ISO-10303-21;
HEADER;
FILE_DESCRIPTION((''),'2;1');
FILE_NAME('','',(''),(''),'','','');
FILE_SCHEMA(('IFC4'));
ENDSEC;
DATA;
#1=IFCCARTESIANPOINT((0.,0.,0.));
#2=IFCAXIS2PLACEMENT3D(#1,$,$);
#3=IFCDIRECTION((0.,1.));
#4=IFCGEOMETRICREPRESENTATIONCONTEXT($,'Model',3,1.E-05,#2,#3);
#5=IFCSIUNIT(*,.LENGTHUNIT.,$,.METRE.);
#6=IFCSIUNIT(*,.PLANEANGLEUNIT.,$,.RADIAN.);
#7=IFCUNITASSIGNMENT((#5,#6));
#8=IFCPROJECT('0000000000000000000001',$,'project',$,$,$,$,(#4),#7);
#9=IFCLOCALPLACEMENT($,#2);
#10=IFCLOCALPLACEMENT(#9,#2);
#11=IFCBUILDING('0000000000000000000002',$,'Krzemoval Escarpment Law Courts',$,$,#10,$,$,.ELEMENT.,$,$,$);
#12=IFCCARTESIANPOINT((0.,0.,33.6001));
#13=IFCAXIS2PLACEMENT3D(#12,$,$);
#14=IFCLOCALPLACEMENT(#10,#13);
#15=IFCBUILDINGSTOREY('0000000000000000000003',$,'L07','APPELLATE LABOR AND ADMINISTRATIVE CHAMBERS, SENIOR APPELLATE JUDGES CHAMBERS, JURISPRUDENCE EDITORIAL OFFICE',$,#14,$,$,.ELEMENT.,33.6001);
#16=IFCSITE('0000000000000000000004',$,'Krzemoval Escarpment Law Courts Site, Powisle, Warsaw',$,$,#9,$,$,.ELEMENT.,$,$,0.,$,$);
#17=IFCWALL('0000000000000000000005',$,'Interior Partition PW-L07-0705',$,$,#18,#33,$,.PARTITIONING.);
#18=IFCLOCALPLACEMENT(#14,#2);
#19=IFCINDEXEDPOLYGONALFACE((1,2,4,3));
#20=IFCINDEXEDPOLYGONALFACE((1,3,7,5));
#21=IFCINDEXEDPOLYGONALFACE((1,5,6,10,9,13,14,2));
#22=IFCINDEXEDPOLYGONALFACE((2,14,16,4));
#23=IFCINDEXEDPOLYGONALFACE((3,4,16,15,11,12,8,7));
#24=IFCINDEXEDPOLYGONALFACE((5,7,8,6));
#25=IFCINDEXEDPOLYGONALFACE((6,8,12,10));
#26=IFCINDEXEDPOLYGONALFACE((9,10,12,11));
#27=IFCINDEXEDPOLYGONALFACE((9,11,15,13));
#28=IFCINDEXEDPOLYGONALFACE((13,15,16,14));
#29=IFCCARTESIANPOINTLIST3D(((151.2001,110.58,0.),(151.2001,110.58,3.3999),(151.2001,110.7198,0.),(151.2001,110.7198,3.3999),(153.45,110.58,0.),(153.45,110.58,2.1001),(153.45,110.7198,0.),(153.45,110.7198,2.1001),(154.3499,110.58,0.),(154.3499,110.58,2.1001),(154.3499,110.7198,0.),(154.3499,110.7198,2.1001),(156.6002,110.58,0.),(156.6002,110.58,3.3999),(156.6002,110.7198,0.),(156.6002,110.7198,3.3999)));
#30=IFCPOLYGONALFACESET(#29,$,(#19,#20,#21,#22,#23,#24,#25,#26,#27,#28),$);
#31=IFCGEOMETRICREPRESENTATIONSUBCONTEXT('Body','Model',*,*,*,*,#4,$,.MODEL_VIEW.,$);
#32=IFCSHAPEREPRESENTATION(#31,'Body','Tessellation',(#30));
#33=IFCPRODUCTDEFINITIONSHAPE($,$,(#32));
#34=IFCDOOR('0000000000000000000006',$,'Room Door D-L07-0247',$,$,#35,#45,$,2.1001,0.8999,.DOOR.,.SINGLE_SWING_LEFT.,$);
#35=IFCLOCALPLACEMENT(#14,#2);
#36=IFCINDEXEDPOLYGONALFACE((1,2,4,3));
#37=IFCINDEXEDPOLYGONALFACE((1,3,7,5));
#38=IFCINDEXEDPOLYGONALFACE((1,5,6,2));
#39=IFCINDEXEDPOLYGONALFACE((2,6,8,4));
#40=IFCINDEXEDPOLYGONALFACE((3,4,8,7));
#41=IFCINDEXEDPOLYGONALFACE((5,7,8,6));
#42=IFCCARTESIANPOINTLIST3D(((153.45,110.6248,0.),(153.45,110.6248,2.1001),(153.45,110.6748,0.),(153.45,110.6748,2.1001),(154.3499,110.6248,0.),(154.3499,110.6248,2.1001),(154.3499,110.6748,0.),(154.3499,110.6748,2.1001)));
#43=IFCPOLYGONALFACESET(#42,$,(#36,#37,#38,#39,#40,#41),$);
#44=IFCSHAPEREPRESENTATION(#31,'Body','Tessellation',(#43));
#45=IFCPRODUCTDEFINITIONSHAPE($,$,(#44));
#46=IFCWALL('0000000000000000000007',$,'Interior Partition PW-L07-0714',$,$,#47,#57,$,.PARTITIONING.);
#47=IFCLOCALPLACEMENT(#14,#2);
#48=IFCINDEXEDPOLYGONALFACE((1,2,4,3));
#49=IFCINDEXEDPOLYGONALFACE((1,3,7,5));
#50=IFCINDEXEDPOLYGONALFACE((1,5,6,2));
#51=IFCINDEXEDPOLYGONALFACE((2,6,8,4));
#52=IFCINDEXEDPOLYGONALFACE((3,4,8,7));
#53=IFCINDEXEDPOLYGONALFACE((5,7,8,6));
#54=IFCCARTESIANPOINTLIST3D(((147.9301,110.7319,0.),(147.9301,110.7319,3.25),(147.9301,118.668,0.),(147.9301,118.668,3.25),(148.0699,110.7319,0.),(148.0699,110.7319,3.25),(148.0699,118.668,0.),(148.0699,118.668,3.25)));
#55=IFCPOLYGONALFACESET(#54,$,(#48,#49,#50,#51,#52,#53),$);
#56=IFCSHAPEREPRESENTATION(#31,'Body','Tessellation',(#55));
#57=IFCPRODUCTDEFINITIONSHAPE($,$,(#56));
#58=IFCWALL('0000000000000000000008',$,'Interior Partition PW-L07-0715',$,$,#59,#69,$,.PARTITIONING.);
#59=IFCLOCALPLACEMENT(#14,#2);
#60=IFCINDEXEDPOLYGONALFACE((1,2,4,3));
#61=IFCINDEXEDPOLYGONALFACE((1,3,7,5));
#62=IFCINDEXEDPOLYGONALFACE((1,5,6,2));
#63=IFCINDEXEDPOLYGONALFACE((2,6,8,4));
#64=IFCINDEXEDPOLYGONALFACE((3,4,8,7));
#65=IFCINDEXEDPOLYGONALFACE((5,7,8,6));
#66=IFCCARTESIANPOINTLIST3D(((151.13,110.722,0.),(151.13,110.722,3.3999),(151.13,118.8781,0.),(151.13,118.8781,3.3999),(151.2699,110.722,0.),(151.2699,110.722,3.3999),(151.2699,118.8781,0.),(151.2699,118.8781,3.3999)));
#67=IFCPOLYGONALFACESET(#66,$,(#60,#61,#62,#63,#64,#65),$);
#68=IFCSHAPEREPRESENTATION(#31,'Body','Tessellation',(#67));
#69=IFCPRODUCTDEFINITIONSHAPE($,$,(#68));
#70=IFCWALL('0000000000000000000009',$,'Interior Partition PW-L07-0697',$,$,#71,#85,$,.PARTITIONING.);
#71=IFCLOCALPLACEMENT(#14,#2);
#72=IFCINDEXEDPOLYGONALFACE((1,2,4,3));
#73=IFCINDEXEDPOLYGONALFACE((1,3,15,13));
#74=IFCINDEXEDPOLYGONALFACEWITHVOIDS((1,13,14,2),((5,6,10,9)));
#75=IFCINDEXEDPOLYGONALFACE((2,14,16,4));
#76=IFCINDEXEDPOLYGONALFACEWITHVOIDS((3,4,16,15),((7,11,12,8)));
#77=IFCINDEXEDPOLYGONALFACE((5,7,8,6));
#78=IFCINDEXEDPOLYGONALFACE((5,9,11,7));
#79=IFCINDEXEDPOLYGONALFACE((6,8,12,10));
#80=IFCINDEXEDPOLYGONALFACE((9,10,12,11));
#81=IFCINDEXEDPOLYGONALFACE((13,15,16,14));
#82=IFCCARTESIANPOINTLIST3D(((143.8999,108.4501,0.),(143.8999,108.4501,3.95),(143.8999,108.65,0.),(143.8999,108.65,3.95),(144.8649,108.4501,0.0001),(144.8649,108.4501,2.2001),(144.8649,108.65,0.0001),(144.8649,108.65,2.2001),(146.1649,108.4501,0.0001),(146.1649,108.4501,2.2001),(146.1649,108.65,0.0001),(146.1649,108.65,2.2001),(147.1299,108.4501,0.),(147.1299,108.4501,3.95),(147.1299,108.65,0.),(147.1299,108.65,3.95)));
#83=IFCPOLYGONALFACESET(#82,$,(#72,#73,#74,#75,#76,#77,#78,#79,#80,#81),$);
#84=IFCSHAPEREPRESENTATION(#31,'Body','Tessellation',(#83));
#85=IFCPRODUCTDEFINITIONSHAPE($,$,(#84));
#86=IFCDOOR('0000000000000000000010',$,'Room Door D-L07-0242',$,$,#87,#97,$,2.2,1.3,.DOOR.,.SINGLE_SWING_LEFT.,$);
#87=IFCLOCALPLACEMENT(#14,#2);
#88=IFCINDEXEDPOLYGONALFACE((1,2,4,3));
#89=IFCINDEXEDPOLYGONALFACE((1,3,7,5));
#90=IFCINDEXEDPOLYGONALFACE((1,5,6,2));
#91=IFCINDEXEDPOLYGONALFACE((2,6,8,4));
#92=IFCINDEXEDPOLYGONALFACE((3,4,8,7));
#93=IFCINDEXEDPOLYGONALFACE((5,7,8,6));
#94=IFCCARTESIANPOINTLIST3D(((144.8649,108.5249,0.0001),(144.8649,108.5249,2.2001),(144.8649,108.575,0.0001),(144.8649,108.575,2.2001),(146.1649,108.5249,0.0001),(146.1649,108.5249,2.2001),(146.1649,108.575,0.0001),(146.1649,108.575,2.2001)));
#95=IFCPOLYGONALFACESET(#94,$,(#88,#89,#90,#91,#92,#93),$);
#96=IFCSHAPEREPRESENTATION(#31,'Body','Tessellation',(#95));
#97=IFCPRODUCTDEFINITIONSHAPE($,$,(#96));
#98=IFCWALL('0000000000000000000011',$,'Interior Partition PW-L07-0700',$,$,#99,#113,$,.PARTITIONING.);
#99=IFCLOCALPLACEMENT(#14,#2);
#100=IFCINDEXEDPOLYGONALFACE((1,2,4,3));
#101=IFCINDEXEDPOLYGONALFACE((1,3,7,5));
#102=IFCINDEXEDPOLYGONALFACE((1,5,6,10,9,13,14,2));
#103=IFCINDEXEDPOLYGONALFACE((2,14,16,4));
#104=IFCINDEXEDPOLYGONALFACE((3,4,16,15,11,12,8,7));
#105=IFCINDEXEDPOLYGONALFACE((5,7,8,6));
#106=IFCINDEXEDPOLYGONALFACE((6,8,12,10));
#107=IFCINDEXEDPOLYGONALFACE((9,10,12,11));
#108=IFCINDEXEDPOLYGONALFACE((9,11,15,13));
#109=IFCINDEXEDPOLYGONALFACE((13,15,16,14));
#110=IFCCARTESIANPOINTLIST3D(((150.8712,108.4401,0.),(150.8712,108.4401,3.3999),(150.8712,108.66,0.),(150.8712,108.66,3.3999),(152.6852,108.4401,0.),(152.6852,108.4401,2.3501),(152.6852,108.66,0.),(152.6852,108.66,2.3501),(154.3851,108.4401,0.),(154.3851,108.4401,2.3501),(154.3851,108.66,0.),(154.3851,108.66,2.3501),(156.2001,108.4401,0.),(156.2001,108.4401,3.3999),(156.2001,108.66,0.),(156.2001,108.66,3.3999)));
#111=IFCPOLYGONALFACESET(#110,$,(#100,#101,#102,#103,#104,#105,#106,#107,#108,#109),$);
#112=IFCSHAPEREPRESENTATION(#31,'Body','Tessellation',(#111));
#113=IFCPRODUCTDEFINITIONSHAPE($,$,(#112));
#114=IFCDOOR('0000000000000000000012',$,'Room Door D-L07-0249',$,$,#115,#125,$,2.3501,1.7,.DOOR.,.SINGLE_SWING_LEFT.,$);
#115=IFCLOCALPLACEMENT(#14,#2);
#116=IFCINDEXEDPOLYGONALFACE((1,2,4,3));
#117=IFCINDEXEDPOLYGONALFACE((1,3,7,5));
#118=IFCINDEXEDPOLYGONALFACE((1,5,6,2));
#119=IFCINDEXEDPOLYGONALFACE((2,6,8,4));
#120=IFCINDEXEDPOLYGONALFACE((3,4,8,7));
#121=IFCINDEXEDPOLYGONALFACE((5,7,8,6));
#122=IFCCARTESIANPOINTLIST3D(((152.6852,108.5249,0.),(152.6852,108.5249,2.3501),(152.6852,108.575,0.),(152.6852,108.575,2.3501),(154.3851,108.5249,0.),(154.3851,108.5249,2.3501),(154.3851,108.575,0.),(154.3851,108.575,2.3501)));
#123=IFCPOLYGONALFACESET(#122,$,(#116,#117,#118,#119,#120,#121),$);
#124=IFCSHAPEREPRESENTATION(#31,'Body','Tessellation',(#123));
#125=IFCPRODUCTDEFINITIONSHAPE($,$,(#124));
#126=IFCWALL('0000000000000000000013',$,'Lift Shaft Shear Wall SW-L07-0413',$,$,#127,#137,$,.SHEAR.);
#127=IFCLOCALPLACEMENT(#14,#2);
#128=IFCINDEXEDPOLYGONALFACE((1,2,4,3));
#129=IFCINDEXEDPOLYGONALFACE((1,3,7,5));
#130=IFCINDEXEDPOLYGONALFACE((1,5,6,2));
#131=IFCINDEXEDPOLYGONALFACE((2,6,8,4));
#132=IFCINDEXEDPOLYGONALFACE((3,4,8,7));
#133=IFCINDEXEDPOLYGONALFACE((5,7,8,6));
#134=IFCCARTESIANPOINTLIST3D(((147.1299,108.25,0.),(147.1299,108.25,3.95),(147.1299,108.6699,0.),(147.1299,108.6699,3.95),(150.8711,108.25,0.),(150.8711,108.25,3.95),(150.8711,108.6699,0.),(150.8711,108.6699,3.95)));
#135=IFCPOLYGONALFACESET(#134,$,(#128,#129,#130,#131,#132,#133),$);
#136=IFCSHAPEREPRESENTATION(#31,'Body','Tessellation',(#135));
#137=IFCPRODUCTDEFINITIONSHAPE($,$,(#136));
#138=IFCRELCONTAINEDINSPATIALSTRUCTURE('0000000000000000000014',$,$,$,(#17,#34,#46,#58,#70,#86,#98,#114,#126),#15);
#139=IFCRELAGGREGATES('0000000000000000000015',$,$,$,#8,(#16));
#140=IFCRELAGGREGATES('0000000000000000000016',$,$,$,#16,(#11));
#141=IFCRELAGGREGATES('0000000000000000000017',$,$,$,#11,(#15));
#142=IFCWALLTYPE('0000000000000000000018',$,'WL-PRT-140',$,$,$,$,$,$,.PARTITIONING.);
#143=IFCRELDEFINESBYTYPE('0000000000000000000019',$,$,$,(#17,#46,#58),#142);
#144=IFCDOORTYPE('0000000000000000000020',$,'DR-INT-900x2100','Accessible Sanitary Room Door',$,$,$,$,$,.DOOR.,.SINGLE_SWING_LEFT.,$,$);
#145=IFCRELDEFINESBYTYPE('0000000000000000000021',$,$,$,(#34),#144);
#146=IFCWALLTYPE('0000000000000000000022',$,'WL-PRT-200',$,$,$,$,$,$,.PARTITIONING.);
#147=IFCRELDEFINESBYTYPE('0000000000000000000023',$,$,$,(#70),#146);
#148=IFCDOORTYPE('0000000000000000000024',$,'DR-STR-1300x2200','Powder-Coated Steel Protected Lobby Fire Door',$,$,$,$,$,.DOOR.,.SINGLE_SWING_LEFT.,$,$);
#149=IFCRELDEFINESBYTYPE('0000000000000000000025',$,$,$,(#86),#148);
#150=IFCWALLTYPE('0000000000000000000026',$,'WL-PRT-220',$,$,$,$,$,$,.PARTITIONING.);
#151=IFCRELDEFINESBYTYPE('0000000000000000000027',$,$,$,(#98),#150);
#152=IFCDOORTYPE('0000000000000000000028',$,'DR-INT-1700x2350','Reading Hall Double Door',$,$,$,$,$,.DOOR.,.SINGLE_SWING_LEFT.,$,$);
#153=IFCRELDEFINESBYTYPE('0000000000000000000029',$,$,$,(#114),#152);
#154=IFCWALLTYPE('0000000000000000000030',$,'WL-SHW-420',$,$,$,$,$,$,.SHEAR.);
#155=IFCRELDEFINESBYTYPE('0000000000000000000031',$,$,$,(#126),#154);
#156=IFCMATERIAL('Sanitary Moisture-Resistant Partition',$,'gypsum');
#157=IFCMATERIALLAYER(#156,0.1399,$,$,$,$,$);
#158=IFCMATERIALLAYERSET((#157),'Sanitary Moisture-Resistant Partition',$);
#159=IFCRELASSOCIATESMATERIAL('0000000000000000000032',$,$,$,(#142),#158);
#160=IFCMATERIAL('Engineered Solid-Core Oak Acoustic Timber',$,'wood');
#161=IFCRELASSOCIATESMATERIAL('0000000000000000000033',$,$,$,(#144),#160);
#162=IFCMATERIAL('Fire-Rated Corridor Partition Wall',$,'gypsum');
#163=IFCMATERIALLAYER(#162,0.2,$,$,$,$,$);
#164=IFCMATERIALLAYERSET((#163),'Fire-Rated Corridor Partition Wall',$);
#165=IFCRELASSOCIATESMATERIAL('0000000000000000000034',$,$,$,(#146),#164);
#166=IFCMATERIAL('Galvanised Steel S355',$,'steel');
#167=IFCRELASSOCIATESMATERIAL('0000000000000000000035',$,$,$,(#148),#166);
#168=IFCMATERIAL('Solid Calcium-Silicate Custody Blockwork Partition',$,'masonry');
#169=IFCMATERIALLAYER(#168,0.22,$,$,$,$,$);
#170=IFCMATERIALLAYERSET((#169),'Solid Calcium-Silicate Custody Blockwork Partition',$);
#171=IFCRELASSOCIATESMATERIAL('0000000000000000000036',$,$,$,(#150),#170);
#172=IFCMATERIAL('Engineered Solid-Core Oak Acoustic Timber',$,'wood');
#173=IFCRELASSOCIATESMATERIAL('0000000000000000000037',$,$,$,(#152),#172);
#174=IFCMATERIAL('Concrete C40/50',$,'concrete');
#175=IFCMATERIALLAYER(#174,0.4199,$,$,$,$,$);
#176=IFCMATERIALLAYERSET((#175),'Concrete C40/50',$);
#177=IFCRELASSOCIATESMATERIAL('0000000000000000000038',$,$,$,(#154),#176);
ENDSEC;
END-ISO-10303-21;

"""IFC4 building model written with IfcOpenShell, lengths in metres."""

from ifc_helpers import new_model, si_unit, direction, frame, frame_2d, origin, place, context, subcontext, project, spatial, rectangle, extrude, material, layer, layer_set, type_object, element, fill, save


model = new_model("IFC4")

# Units and contexts
model_context = context("Model", 3, precision=1e-05, world=origin(), true_north=direction((0.0, 1.0)))
body_context = subcontext(model_context, "Body", "Model", "MODEL_VIEW")
ifc_project = project(units=[si_unit("LENGTHUNIT", "METRE"), si_unit("PLANEANGLEUNIT", "RADIAN")], contexts=[model_context])

# Site, building, storey
site_placement = place(None, origin())
site = spatial("IfcSite", under=ifc_project, at=site_placement, Name="Krzemoval Escarpment Law Courts Site, Powisle, Warsaw", CompositionType="ELEMENT", RefElevation=0.0)
building_placement = place(site_placement, origin())
building = spatial("IfcBuilding", under=site, at=building_placement, Name="Krzemoval Escarpment Law Courts", CompositionType="ELEMENT")
storey_placement = place(building_placement, frame((0.0, 0.0, 33.6001)))
storey = spatial("IfcBuildingStorey", under=building, at=storey_placement, Name="L07", Description="APPELLATE LABOR AND ADMINISTRATIVE CHAMBERS, SENIOR APPELLATE JUDGES CHAMBERS, JURISPRUDENCE EDITORIAL OFFICE", CompositionType="ELEMENT", Elevation=33.6001)

# Wall, opening, door
ifc_material_1 = material(Name="Sanitary Moisture-Resistant Partition", Category="gypsum")
ifc_layer_1 = layer(ifc_material_1, 0.1399)
ifc_layer_set_1 = layer_set([ifc_layer_1], Name="Sanitary Moisture-Resistant Partition")
wall_type_1 = type_object("IfcWallType", Name="WL-PRT-140", PredefinedType="PARTITIONING", material=ifc_layer_set_1)
ifc_material_2 = material(Name="Engineered Solid-Core Oak Acoustic Timber", Category="wood")
door_type_1 = type_object("IfcDoorType", Name="DR-INT-900x2100", Description="Accessible Sanitary Room Door", OperationType="SINGLE_SWING_LEFT", PredefinedType="DOOR", material=ifc_material_2)
wall_1_placement = place(storey_placement, frame((151.2, 110.6499, 0.0), z_axis=(0.0, 0.0, 1.0), x_axis=(1.0, 0.0, 0.0)))
wall_1 = element("IfcWall", 1, at=wall_1_placement, inside=storey, type_object=wall_type_1, Name="Interior Partition PW-L07-0705", PredefinedType="PARTITIONING", context=body_context, shape_type="SweptSolid", body=[
    extrude(rectangle(XDim=5.4001, YDim=0.1399, at=frame_2d((2.7002, 0.0))), origin(), (0.0, 0.0, 1.0), 3.3999),
])
opening_1_placement = place(wall_1_placement, frame((2.25, 0.0, 0.0)))
opening_1 = element("IfcOpeningElement", 2, at=opening_1_placement, cuts=wall_1, PredefinedType="OPENING", context=body_context, shape_type="SweptSolid", body=[
    extrude(rectangle(XDim=0.8999, YDim=2.1001, at=frame_2d((0.45, 1.05))), frame((0.0, 0.0849, 0.0), z_axis=(0.0, -1.0, 0.0), x_axis=(1.0, 0.0, 0.0)), (0.0, 0.0, 1.0), 0.1699),
])
door_1_placement = place(opening_1_placement, origin())
door_1 = element("IfcDoor", 3, at=door_1_placement, inside=storey, type_object=door_type_1, Name="Room Door D-L07-0247", OperationType="SINGLE_SWING_LEFT", OverallHeight=2.1001, OverallWidth=0.8999, PredefinedType="DOOR", context=body_context, shape_type="SweptSolid", body=[
    extrude(rectangle(XDim=0.8999, YDim=2.1001, at=frame_2d((0.45, 1.05))), frame((0.0, 0.0249, 0.0), z_axis=(0.0, -1.0, 0.0), x_axis=(1.0, 0.0, 0.0)), (0.0, 0.0, 1.0), 0.05),
])
fill(opening_1, door_1)

# Walls
wall_2_placement = place(storey_placement, frame((148.0, 110.7319, 0.0), z_axis=(0.0, 0.0, 1.0), x_axis=(0.0, 1.0, 0.0)))
element("IfcWall", 4, at=wall_2_placement, inside=storey, type_object=wall_type_1, Name="Interior Partition PW-L07-0714", PredefinedType="PARTITIONING", context=body_context, shape_type="SweptSolid", body=[
    extrude(rectangle(XDim=7.936, YDim=0.1399, at=frame_2d((3.968, 0.0))), origin(), (0.0, 0.0, 1.0), 3.25),
])
wall_3_placement = place(storey_placement, frame((151.2, 110.7219, 0.0), z_axis=(0.0, 0.0, 1.0), x_axis=(0.0, 1.0, 0.0)))
element("IfcWall", 5, at=wall_3_placement, inside=storey, type_object=wall_type_1, Name="Interior Partition PW-L07-0715", PredefinedType="PARTITIONING", context=body_context, shape_type="SweptSolid", body=[
    extrude(rectangle(XDim=8.156, YDim=0.1399, at=frame_2d((4.0781, 0.0))), origin(), (0.0, 0.0, 1.0), 3.3999),
])

# Walls, openings, doors
ifc_material_3 = material(Name="Fire-Rated Corridor Partition Wall", Category="gypsum")
ifc_layer_2 = layer(ifc_material_3, 0.2)
ifc_layer_set_2 = layer_set([ifc_layer_2], Name="Fire-Rated Corridor Partition Wall")
wall_type_2 = type_object("IfcWallType", Name="WL-PRT-200", PredefinedType="PARTITIONING", material=ifc_layer_set_2)
wall_4_placement = place(storey_placement, frame((143.8999, 108.55, 0.0), z_axis=(0.0, 0.0, 1.0), x_axis=(1.0, 0.0, 0.0)))
wall_4 = element("IfcWall", 6, at=wall_4_placement, inside=storey, type_object=wall_type_2, Name="Interior Partition PW-L07-0697", PredefinedType="PARTITIONING", context=body_context, shape_type="SweptSolid", body=[
    extrude(rectangle(XDim=3.23, YDim=0.2, at=frame_2d((1.615, 0.0))), origin(), (0.0, 0.0, 1.0), 3.95),
])
opening_2_placement = place(wall_4_placement, frame((0.9651, 0.0, 0.0)))
opening_2 = element("IfcOpeningElement", 7, at=opening_2_placement, cuts=wall_4, PredefinedType="OPENING", context=body_context, shape_type="SweptSolid", body=[
    extrude(rectangle(XDim=1.3, YDim=2.2, at=frame_2d((0.6499, 1.1001))), frame((0.0, 0.115, 0.0), z_axis=(0.0, -1.0, 0.0), x_axis=(1.0, 0.0, 0.0)), (0.0, 0.0, 1.0), 0.2299),
])
ifc_material_4 = material(Name="Galvanised Steel S355", Category="steel")
door_type_2 = type_object("IfcDoorType", Name="DR-STR-1300x2200", Description="Powder-Coated Steel Protected Lobby Fire Door", OperationType="SINGLE_SWING_LEFT", PredefinedType="DOOR", material=ifc_material_4)
door_2_placement = place(opening_2_placement, origin())
door_2 = element("IfcDoor", 8, at=door_2_placement, inside=storey, type_object=door_type_2, Name="Room Door D-L07-0242", OperationType="SINGLE_SWING_LEFT", OverallHeight=2.2, OverallWidth=1.3, PredefinedType="DOOR", context=body_context, shape_type="SweptSolid", body=[
    extrude(rectangle(XDim=1.3, YDim=2.2, at=frame_2d((0.6499, 1.1001))), frame((0.0, 0.0249, 0.0), z_axis=(0.0, -1.0, 0.0), x_axis=(1.0, 0.0, 0.0)), (0.0, 0.0, 1.0), 0.05),
])
fill(opening_2, door_2)
ifc_material_5 = material(Name="Solid Calcium-Silicate Custody Blockwork Partition", Category="masonry")
ifc_layer_3 = layer(ifc_material_5, 0.22)
ifc_layer_set_3 = layer_set([ifc_layer_3], Name="Solid Calcium-Silicate Custody Blockwork Partition")
wall_type_3 = type_object("IfcWallType", Name="WL-PRT-220", PredefinedType="PARTITIONING", material=ifc_layer_set_3)
wall_5_placement = place(storey_placement, frame((150.8711, 108.55, 0.0), z_axis=(0.0, 0.0, 1.0), x_axis=(1.0, 0.0, 0.0)))
wall_5 = element("IfcWall", 9, at=wall_5_placement, inside=storey, type_object=wall_type_3, Name="Interior Partition PW-L07-0700", PredefinedType="PARTITIONING", context=body_context, shape_type="SweptSolid", body=[
    extrude(rectangle(XDim=5.3289, YDim=0.22, at=frame_2d((2.6646, 0.0))), origin(), (0.0, 0.0, 1.0), 3.3999),
])
opening_3_placement = place(wall_5_placement, frame((1.814, 0.0, 0.0)))
opening_3 = element("IfcOpeningElement", 10, at=opening_3_placement, cuts=wall_5, PredefinedType="OPENING", context=body_context, shape_type="SweptSolid", body=[
    extrude(rectangle(XDim=1.7, YDim=2.3501, at=frame_2d((0.8501, 1.175))), frame((0.0, 0.125, 0.0), z_axis=(0.0, -1.0, 0.0), x_axis=(1.0, 0.0, 0.0)), (0.0, 0.0, 1.0), 0.25),
])
ifc_material_6 = material(Name="Engineered Solid-Core Oak Acoustic Timber", Category="wood")
door_type_3 = type_object("IfcDoorType", Name="DR-INT-1700x2350", Description="Reading Hall Double Door", OperationType="SINGLE_SWING_LEFT", PredefinedType="DOOR", material=ifc_material_6)
door_3_placement = place(opening_3_placement, origin())
door_3 = element("IfcDoor", 11, at=door_3_placement, inside=storey, type_object=door_type_3, Name="Room Door D-L07-0249", OperationType="SINGLE_SWING_LEFT", OverallHeight=2.3501, OverallWidth=1.7, PredefinedType="DOOR", context=body_context, shape_type="SweptSolid", body=[
    extrude(rectangle(XDim=1.7, YDim=2.3501, at=frame_2d((0.8501, 1.175))), frame((0.0, 0.0249, 0.0), z_axis=(0.0, -1.0, 0.0), x_axis=(1.0, 0.0, 0.0)), (0.0, 0.0, 1.0), 0.05),
])
fill(opening_3, door_3)

# Wall
ifc_material_7 = material(Name="Concrete C40/50", Category="concrete")
ifc_layer_4 = layer(ifc_material_7, 0.4199)
ifc_layer_set_4 = layer_set([ifc_layer_4], Name="Concrete C40/50")
wall_type_4 = type_object("IfcWallType", Name="WL-SHW-420", PredefinedType="SHEAR", material=ifc_layer_set_4)
wall_6_placement = place(storey_placement, frame((147.1299, 108.46, 0.0), z_axis=(0.0, 0.0, 1.0), x_axis=(1.0, 0.0, 0.0)))
element("IfcWall", 12, at=wall_6_placement, inside=storey, type_object=wall_type_4, Name="Lift Shaft Shear Wall SW-L07-0413", PredefinedType="SHEAR", context=body_context, shape_type="SweptSolid", body=[
    extrude(rectangle(XDim=3.7412, YDim=0.4199, at=frame_2d((1.8706, 0.0))), origin(), (0.0, 0.0, 1.0), 3.95),
])

save(model, "model.ifc")
